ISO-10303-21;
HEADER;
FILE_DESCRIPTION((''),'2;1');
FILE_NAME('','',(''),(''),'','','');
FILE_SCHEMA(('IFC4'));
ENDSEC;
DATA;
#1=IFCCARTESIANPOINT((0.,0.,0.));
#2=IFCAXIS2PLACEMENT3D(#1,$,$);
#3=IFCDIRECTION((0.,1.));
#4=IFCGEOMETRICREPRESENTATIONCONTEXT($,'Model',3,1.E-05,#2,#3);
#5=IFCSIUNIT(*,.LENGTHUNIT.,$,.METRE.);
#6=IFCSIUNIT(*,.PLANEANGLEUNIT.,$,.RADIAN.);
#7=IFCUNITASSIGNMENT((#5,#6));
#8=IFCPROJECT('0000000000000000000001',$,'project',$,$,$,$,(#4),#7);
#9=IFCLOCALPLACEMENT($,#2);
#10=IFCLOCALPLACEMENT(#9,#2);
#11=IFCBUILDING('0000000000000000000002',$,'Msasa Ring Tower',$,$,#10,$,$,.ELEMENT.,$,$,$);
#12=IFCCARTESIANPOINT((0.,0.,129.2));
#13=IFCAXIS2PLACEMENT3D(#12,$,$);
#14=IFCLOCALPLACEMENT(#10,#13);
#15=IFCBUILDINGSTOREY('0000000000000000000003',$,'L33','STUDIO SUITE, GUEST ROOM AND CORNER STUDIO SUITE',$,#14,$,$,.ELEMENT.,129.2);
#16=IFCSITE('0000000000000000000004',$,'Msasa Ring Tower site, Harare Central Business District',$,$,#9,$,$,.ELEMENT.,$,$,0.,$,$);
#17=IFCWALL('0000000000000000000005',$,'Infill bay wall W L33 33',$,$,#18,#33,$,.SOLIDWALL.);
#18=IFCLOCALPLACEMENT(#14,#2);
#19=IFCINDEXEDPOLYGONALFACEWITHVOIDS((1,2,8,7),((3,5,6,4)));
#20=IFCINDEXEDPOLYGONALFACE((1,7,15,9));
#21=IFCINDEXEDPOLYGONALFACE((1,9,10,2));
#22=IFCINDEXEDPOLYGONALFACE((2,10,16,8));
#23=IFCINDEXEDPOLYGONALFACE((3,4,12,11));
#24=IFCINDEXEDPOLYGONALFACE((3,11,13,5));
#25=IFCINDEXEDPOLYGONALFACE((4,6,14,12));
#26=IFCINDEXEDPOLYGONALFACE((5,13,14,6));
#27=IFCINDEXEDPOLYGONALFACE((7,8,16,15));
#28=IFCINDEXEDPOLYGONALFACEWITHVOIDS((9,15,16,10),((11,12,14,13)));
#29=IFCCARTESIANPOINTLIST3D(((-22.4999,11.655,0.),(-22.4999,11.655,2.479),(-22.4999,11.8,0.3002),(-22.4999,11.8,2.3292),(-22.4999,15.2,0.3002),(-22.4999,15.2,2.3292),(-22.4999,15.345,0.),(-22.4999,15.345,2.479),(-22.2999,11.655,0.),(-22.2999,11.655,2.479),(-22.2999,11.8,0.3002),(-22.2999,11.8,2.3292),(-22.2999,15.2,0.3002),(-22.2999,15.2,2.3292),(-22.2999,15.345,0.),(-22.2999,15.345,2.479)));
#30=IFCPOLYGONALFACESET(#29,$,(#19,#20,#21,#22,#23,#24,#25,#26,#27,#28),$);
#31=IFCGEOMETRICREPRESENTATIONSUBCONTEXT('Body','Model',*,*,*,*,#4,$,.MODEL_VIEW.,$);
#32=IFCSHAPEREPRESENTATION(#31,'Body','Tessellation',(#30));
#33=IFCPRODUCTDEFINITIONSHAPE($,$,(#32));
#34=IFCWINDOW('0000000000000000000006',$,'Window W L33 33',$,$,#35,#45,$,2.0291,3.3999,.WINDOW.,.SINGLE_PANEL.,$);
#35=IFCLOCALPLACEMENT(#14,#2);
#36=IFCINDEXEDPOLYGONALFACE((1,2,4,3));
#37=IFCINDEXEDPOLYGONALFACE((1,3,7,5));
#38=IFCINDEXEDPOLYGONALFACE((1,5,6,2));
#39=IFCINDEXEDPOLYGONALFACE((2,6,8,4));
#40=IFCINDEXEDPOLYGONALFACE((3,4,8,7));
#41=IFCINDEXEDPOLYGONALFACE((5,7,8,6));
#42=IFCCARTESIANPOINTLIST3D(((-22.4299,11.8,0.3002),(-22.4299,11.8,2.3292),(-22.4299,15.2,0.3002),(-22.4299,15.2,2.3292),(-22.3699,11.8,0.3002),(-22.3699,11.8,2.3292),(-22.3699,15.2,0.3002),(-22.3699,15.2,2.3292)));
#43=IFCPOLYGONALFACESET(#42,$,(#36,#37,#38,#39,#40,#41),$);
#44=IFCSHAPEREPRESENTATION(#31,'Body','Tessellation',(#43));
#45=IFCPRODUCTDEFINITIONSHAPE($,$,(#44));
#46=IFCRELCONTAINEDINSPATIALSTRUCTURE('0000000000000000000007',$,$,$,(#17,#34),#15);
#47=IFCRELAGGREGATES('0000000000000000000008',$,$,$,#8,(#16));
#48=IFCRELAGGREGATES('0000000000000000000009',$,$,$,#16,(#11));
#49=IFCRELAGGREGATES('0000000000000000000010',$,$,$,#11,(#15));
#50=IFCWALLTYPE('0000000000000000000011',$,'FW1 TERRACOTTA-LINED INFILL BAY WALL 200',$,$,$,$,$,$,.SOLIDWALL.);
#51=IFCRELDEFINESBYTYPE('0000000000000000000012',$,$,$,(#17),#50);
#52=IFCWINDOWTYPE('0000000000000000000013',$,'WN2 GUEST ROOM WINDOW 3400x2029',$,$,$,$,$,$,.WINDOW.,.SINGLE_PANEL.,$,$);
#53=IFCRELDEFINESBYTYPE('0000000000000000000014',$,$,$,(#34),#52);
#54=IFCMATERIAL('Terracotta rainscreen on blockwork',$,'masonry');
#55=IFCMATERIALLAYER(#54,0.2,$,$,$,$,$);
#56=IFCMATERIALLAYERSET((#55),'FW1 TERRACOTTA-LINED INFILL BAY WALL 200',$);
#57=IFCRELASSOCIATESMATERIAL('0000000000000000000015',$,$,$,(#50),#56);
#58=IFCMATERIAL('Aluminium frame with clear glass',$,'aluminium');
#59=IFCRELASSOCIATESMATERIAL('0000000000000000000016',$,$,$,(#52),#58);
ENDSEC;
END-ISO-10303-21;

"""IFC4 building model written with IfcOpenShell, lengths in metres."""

from ifc_helpers import new_model, si_unit, direction, frame, frame_2d, origin, place, context, subcontext, project, spatial, rectangle, extrude, material, layer, layer_set, type_object, element, fill, save


model = new_model("IFC4")

# Units and contexts
model_context = context("Model", 3, precision=1e-05, world=origin(), true_north=direction((0.0, 1.0)))
body_context = subcontext(model_context, "Body", "Model", "MODEL_VIEW")
ifc_project = project(units=[si_unit("LENGTHUNIT", "METRE"), si_unit("PLANEANGLEUNIT", "RADIAN")], contexts=[model_context])

# Site, building, storey
site_placement = place(None, origin())
site = spatial("IfcSite", under=ifc_project, at=site_placement, Name="Msasa Ring Tower site, Harare Central Business District", CompositionType="ELEMENT", RefElevation=0.0)
building_placement = place(site_placement, origin())
building = spatial("IfcBuilding", under=site, at=building_placement, Name="Msasa Ring Tower", CompositionType="ELEMENT")
storey_placement = place(building_placement, frame((0.0, 0.0, 129.2)))
storey = spatial("IfcBuildingStorey", under=building, at=storey_placement, Name="L33", Description="STUDIO SUITE, GUEST ROOM AND CORNER STUDIO SUITE", CompositionType="ELEMENT", Elevation=129.2)

# Wall, opening, window
ifc_material_1 = material(Name="Terracotta rainscreen on blockwork", Category="masonry")
ifc_layer_1 = layer(ifc_material_1, 0.2)
ifc_layer_set_1 = layer_set([ifc_layer_1], Name="FW1 TERRACOTTA-LINED INFILL BAY WALL 200")
wall_type_1 = type_object("IfcWallType", Name="FW1 TERRACOTTA-LINED INFILL BAY WALL 200", PredefinedType="SOLIDWALL", material=ifc_layer_set_1)
ifc_material_2 = material(Name="Aluminium frame with clear glass", Category="aluminium")
window_type = type_object("IfcWindowType", Name="WN2 GUEST ROOM WINDOW 3400x2029", PartitioningType="SINGLE_PANEL", PredefinedType="WINDOW", material=ifc_material_2)
wall_1_placement = place(storey_placement, frame((-22.3999, 11.655, 0.0), z_axis=(0.0, 0.0, 1.0), x_axis=(0.0, 1.0, 0.0)))
wall_1 = element("IfcWall", 1, at=wall_1_placement, inside=storey, type_object=wall_type_1, Name="Infill bay wall W L33 33", PredefinedType="SOLIDWALL", context=body_context, shape_type="SweptSolid", body=[
    extrude(rectangle(XDim=3.6899, YDim=0.2, at=frame_2d((1.845, 0.0))), origin(), (0.0, 0.0, 1.0), 2.479),
])
opening_1_placement = place(wall_1_placement, frame((0.145, 0.0, 0.3)))
opening_1 = element("IfcOpeningElement", 2, at=opening_1_placement, cuts=wall_1, PredefinedType="OPENING", context=body_context, shape_type="SweptSolid", body=[
    extrude(rectangle(XDim=3.3999, YDim=2.0291, at=frame_2d((1.7, 1.0146))), frame((0.0, 0.1099, 0.0), z_axis=(0.0, -1.0, 0.0), x_axis=(1.0, 0.0, 0.0)), (0.0, 0.0, 1.0), 0.22),
])
window_1_placement = place(opening_1_placement, origin())
window_1 = element("IfcWindow", 3, at=window_1_placement, inside=storey, type_object=window_type, Name="Window W L33 33", OverallHeight=2.0291, OverallWidth=3.3999, PartitioningType="SINGLE_PANEL", PredefinedType="WINDOW", context=body_context, shape_type="SweptSolid", body=[
    extrude(rectangle(XDim=3.3999, YDim=2.0291, at=frame_2d((1.7, 1.0146))), frame((0.0, 0.03, 0.0), z_axis=(0.0, -1.0, 0.0), x_axis=(1.0, 0.0, 0.0)), (0.0, 0.0, 1.0), 0.0601),
])
fill(opening_1, window_1)

save(model, "model.ifc")
